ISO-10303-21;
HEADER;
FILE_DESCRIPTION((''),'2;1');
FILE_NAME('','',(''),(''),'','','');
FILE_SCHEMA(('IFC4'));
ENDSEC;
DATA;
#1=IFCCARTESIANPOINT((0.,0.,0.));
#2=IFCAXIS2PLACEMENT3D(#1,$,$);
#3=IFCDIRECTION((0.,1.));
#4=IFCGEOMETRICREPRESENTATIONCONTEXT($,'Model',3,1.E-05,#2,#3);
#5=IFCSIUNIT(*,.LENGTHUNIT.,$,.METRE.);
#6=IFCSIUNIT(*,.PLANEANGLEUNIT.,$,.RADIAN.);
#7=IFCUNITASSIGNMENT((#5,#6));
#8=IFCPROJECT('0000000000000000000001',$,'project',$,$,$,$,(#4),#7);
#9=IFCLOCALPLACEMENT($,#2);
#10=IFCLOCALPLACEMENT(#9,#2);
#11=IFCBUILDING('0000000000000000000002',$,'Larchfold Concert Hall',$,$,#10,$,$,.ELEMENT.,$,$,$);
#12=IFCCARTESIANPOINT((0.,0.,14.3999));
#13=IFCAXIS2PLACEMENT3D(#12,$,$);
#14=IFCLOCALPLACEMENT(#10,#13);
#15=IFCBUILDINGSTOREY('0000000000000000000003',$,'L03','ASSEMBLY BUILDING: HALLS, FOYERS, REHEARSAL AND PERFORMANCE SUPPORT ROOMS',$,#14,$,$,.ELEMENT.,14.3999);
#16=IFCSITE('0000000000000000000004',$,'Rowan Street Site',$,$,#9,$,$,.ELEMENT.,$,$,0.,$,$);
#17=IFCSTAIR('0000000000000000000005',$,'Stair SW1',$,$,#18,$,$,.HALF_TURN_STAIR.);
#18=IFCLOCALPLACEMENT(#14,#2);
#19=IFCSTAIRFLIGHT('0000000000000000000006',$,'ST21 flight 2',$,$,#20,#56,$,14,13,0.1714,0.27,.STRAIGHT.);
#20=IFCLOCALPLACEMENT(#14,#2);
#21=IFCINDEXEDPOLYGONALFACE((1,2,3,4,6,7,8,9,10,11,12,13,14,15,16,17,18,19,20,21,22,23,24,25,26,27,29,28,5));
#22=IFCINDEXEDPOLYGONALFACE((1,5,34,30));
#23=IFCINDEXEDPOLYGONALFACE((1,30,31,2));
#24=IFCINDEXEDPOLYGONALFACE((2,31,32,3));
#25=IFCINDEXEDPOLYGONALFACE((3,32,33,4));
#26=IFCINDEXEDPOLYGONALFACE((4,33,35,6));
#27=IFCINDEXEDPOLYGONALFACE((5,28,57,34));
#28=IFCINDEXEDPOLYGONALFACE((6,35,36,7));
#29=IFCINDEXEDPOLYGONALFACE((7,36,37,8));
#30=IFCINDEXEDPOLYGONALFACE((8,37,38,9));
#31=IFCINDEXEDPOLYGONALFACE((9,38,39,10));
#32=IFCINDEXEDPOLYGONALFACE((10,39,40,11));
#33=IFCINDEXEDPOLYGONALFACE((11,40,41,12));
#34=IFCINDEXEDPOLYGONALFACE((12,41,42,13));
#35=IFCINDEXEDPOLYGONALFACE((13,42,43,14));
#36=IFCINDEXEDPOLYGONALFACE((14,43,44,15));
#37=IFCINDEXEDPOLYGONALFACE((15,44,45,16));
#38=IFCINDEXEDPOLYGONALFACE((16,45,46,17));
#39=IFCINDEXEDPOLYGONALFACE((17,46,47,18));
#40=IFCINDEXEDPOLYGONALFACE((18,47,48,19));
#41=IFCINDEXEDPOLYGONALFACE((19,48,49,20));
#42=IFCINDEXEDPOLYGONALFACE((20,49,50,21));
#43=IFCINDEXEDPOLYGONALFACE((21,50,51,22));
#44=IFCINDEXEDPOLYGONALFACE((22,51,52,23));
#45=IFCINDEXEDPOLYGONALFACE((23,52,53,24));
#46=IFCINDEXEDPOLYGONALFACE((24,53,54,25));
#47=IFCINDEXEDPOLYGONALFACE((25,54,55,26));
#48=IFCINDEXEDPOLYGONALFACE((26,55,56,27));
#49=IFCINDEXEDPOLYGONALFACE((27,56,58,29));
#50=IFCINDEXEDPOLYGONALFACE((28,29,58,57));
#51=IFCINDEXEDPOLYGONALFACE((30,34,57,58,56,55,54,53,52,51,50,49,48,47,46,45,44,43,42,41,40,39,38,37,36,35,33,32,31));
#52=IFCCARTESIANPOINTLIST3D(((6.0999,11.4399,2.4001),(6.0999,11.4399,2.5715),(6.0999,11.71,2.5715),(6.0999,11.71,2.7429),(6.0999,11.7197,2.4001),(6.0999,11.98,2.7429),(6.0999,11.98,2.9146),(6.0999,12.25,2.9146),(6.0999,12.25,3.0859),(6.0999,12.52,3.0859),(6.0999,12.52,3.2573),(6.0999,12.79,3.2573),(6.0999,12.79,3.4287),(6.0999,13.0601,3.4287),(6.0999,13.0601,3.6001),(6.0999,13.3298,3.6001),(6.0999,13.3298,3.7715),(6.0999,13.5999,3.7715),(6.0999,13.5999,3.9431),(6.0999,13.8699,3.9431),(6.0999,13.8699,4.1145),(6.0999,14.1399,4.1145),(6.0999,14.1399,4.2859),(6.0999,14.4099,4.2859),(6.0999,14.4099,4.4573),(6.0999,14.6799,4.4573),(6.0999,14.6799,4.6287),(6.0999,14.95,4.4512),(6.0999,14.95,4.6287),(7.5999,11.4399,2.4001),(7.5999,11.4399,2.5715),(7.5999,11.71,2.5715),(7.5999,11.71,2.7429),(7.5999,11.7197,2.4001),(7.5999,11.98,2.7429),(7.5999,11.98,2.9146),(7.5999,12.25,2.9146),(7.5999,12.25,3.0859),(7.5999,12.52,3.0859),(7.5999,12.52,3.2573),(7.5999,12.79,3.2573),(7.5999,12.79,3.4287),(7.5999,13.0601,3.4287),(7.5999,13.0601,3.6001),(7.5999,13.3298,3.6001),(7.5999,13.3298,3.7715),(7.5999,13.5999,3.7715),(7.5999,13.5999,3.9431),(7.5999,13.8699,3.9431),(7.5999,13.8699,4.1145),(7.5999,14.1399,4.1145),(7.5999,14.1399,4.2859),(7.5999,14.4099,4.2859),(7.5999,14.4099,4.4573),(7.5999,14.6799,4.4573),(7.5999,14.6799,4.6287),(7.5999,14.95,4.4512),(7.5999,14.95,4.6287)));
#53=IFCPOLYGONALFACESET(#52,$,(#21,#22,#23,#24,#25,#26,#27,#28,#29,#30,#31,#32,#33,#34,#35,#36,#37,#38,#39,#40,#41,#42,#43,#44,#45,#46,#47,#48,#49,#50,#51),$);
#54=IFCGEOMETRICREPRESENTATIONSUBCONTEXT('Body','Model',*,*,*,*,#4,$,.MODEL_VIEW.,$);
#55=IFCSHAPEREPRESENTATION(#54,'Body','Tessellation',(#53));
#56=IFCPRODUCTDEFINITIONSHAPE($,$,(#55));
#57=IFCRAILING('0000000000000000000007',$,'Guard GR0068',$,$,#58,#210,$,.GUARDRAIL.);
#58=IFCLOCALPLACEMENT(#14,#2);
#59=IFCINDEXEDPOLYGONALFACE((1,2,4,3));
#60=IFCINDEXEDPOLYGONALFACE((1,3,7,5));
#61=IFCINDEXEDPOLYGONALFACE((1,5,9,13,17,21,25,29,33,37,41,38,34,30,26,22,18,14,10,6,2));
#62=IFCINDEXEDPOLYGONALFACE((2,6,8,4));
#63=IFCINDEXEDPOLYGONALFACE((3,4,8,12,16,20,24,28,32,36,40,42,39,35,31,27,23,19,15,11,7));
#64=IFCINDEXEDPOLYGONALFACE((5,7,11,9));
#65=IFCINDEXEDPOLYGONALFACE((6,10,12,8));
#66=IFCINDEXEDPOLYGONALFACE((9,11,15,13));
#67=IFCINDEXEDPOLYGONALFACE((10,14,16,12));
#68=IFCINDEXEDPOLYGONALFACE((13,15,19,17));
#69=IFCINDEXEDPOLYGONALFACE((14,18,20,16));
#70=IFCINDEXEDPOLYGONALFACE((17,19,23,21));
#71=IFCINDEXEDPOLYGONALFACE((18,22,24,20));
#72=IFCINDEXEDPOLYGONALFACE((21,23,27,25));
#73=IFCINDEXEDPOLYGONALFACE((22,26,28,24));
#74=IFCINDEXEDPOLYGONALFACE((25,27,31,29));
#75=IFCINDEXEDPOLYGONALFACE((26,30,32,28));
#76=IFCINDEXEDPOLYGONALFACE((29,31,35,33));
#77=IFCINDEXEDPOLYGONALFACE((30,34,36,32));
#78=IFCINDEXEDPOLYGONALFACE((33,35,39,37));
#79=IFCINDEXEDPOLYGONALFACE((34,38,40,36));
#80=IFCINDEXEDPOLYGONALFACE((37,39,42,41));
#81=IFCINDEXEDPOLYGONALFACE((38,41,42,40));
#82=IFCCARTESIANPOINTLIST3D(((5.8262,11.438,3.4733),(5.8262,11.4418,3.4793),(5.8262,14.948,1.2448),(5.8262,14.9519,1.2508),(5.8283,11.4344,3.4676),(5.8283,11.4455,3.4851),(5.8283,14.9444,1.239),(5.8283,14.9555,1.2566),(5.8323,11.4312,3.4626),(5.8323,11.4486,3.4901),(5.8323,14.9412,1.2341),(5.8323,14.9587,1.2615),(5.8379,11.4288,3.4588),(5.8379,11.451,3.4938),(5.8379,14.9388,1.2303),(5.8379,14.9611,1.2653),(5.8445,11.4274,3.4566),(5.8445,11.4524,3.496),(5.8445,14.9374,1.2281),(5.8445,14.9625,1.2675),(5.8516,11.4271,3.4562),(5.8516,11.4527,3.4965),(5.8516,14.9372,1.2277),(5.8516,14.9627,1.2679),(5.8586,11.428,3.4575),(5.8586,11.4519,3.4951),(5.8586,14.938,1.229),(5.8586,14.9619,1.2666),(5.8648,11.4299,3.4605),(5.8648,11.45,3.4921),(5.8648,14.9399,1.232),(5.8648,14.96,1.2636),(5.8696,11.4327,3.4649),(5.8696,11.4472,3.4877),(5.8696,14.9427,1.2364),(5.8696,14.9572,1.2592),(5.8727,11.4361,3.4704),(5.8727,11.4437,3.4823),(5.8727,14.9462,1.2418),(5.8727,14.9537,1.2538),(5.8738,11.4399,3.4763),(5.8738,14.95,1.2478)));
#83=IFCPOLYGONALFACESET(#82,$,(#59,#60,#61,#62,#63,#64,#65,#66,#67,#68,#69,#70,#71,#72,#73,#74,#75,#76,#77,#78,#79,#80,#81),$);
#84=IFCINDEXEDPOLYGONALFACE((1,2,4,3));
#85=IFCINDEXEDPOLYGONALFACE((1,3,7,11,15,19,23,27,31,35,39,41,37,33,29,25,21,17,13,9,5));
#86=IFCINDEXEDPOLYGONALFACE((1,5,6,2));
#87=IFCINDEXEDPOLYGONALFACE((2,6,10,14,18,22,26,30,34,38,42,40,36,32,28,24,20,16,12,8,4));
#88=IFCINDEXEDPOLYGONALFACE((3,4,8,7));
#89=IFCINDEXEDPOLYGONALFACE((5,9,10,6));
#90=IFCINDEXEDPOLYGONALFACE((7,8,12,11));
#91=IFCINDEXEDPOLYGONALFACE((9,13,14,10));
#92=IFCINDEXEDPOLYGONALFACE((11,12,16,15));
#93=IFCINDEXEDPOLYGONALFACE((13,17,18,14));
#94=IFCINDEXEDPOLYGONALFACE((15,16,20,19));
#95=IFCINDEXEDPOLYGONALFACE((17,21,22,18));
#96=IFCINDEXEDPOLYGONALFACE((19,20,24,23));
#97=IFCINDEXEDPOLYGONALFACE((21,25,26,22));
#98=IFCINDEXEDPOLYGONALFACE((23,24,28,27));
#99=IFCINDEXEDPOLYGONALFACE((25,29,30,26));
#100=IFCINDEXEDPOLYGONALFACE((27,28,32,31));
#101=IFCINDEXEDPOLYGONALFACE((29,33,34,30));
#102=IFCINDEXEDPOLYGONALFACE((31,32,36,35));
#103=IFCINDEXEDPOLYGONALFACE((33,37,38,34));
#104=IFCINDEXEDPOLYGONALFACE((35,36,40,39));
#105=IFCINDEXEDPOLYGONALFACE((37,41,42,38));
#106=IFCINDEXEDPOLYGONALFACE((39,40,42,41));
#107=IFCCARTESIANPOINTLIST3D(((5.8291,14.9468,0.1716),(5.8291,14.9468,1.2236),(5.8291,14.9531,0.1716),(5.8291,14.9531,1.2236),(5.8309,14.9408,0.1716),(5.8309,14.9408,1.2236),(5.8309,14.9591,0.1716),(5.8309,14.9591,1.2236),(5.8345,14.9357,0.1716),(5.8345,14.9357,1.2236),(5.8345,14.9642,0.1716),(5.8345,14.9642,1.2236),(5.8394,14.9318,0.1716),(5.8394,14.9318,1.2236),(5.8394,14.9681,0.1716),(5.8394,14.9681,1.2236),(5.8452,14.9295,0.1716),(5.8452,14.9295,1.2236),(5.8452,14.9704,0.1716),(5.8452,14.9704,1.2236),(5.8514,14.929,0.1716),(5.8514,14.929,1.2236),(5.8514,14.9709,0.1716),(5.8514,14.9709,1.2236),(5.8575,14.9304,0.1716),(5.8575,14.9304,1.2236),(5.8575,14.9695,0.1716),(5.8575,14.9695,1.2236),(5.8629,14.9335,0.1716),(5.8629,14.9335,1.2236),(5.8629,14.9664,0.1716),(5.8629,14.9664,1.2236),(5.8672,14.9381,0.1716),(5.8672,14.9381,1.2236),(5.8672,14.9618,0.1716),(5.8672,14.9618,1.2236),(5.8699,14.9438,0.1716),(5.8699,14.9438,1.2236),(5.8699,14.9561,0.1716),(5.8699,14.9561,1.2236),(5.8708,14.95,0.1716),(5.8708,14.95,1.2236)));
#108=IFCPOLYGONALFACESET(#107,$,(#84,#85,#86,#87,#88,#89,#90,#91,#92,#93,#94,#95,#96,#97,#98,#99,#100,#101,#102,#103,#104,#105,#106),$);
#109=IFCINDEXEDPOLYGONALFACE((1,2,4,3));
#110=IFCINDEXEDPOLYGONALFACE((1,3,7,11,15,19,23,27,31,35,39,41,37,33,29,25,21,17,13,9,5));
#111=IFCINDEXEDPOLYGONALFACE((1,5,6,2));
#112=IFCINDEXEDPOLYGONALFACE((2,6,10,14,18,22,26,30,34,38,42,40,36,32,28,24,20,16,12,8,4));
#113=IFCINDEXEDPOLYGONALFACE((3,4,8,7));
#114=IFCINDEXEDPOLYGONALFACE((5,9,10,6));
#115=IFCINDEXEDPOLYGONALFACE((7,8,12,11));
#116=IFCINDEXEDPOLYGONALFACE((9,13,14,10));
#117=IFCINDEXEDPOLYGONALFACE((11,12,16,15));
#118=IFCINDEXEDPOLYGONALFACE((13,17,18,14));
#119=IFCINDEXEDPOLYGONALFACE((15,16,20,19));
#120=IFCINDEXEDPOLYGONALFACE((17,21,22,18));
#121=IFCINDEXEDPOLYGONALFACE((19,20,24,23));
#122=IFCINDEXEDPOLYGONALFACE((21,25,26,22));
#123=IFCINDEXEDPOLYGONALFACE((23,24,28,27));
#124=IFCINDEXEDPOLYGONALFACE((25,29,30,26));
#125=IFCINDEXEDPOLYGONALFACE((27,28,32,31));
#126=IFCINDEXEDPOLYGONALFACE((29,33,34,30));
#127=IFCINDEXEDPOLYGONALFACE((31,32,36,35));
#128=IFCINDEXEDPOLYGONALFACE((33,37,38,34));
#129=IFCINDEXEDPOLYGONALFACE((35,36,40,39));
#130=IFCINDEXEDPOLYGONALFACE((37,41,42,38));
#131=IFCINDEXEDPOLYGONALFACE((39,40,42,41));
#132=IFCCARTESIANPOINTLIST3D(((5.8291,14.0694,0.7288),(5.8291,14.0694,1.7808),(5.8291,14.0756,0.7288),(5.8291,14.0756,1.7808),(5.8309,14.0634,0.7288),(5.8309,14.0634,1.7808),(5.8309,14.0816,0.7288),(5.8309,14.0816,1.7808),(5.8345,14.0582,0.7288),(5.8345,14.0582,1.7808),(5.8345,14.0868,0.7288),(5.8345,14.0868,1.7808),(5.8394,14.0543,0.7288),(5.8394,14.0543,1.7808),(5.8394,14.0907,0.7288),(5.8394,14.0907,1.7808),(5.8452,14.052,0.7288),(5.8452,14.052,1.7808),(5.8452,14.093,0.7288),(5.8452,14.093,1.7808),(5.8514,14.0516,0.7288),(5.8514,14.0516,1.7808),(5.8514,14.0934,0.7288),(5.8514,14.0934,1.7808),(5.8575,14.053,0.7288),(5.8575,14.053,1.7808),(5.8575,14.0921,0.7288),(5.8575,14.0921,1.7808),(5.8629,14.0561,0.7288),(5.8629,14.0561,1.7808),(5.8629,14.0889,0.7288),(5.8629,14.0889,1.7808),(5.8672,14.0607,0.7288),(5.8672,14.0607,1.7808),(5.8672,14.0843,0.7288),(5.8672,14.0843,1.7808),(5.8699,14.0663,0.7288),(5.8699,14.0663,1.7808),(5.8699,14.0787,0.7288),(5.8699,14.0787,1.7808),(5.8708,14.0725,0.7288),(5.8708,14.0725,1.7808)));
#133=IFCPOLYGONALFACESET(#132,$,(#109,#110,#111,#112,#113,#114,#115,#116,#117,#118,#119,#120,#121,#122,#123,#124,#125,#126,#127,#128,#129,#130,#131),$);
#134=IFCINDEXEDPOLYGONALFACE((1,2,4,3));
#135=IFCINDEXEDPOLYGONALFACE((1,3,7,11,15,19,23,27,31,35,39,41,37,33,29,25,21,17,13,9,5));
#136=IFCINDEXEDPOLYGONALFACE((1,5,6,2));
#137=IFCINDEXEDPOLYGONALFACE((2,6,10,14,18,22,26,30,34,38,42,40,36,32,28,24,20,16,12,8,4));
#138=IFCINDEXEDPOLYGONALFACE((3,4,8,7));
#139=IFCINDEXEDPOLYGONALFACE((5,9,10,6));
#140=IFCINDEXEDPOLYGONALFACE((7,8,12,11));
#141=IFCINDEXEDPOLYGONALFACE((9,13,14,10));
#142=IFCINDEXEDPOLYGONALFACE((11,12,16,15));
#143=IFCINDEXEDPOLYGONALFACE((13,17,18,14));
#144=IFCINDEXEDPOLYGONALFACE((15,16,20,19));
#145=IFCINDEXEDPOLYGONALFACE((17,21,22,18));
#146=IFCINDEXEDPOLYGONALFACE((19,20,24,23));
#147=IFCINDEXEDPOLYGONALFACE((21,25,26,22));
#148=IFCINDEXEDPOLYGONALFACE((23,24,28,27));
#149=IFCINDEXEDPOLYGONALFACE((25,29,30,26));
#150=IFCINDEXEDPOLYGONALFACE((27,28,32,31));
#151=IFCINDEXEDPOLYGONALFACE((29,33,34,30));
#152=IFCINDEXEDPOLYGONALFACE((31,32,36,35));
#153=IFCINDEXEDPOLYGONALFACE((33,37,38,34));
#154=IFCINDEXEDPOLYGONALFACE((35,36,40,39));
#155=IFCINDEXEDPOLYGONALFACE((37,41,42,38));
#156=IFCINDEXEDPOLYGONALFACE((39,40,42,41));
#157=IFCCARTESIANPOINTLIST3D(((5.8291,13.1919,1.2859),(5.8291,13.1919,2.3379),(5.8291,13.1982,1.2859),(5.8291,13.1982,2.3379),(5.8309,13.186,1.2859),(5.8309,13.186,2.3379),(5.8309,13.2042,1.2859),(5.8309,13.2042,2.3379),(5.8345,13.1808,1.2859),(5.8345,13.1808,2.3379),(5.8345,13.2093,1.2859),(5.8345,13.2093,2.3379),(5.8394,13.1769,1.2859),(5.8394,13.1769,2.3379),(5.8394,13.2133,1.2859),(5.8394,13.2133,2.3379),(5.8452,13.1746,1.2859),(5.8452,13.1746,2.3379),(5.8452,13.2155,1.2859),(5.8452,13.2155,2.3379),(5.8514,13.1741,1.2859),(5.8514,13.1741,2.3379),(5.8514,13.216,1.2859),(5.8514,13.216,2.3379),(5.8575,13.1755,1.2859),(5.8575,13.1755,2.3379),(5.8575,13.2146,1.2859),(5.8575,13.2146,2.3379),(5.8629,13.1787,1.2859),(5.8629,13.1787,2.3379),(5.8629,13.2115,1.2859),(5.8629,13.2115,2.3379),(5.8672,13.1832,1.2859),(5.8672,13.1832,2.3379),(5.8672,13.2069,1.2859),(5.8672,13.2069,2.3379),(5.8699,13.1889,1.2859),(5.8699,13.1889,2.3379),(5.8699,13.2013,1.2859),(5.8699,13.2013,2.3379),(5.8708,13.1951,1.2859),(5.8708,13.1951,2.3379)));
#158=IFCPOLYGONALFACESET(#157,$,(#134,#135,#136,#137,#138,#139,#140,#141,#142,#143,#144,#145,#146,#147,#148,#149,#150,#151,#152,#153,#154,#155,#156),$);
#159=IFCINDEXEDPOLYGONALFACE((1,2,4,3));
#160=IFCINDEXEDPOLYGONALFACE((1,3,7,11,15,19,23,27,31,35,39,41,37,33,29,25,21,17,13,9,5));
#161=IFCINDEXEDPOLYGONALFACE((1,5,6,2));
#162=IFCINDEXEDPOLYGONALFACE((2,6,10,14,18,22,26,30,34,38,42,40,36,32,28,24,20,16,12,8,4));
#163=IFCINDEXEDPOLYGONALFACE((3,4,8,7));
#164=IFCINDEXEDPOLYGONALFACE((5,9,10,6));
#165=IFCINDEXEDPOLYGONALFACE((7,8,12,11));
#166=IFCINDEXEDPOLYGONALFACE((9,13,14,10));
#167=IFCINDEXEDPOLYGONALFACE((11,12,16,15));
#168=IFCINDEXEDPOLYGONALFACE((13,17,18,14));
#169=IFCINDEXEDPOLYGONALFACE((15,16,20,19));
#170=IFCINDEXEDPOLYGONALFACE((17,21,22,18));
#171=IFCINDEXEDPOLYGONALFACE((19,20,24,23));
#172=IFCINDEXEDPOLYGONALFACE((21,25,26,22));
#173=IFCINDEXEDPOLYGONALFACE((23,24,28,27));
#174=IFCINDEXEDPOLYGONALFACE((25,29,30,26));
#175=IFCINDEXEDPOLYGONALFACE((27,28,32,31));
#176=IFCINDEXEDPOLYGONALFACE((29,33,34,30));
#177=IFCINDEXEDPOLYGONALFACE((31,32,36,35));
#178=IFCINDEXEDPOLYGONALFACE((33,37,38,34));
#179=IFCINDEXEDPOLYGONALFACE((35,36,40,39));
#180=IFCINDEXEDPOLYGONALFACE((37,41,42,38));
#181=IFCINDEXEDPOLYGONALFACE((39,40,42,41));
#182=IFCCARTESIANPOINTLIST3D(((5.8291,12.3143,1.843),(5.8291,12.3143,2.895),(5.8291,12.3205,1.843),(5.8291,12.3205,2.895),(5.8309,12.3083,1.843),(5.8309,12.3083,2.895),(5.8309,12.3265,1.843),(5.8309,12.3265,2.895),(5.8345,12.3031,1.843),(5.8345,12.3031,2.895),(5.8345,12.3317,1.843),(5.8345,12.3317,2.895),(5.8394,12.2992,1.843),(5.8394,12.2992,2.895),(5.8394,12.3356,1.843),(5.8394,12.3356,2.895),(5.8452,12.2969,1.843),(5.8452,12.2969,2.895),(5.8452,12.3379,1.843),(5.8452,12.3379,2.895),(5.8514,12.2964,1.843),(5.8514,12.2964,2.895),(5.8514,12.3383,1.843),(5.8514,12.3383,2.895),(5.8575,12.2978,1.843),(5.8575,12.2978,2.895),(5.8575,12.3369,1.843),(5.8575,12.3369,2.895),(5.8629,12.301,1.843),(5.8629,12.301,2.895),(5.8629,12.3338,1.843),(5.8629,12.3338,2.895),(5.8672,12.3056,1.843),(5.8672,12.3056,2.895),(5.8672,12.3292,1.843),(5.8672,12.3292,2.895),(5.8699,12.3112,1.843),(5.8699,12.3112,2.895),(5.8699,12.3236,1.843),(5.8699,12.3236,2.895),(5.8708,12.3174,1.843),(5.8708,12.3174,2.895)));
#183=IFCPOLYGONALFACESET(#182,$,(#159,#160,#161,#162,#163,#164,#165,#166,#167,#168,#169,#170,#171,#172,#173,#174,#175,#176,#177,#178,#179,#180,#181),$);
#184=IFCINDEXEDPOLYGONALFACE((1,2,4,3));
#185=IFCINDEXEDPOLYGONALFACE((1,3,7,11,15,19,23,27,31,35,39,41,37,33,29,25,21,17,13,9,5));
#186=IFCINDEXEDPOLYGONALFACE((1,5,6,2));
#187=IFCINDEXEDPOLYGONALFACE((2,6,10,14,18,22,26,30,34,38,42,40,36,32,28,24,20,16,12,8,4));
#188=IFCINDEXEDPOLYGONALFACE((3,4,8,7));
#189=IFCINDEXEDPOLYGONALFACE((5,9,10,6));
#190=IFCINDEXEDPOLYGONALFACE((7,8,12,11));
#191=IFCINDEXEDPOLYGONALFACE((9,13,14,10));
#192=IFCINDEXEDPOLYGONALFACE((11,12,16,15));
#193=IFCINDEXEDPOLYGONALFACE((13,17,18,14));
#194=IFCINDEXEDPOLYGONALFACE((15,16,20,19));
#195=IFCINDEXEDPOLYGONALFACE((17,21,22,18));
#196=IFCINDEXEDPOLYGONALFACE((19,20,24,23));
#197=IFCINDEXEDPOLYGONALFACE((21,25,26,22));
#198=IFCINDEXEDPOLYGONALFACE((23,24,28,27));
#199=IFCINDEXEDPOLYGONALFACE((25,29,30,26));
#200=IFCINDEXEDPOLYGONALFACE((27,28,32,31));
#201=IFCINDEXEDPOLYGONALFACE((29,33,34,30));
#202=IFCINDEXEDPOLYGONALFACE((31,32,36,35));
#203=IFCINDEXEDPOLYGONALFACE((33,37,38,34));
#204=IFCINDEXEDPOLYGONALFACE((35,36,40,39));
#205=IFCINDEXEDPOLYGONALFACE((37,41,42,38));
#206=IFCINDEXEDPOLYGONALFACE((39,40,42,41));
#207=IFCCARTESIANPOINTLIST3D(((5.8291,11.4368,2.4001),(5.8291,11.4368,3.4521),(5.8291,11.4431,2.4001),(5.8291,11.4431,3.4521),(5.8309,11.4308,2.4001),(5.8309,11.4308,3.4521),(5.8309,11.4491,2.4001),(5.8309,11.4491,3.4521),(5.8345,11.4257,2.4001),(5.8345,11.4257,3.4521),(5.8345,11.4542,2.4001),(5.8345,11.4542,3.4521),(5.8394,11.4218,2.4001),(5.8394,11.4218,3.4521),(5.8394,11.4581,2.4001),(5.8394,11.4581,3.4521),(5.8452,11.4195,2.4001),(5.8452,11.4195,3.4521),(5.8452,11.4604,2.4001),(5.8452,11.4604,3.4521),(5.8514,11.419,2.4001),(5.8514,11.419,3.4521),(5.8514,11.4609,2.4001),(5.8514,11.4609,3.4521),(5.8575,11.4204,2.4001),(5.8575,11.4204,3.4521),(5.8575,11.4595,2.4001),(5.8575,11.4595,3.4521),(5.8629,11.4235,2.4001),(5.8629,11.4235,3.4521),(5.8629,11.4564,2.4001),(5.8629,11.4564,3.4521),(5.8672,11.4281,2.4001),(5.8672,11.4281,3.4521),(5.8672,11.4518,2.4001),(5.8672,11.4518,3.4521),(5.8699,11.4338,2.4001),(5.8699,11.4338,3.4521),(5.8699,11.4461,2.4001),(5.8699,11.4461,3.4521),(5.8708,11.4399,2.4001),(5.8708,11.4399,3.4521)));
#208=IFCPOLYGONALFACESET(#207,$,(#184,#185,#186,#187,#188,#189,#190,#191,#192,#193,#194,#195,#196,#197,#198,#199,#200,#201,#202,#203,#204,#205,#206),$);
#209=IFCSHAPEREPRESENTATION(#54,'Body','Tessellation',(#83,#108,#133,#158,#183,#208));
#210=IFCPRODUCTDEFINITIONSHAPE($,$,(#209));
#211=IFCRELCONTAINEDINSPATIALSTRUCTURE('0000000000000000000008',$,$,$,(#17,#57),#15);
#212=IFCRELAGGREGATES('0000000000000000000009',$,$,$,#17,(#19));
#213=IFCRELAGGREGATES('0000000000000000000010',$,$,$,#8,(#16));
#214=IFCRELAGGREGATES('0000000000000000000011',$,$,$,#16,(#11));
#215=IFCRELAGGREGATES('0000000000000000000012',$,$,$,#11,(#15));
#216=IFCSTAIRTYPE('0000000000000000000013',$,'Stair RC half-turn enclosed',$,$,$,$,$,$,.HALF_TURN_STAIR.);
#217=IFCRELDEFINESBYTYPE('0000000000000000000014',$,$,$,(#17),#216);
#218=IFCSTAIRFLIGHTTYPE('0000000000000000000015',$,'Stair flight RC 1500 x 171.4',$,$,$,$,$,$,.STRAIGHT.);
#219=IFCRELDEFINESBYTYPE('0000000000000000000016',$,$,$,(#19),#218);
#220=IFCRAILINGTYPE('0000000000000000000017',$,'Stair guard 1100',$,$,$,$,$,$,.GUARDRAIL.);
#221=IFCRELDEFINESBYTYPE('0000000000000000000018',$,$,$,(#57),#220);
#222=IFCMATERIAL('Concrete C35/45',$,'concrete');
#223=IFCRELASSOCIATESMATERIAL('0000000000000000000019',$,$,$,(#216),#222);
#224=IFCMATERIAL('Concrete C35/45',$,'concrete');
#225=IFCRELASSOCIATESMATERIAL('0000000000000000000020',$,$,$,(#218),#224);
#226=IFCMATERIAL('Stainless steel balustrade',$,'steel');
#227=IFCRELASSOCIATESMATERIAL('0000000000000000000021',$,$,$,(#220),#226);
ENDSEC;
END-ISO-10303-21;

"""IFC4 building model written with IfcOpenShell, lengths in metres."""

from ifc_helpers import new_model, si_unit, direction, frame, origin, origin_2d, place, context, subcontext, project, spatial, polyline, circle, outline, extrude, material, type_object, element, aggregate, save


model = new_model("IFC4")

# Units and contexts
model_context = context("Model", 3, precision=1e-05, world=origin(), true_north=direction((0.0, 1.0)))
body_context = subcontext(model_context, "Body", "Model", "MODEL_VIEW")
ifc_project = project(units=[si_unit("LENGTHUNIT", "METRE"), si_unit("PLANEANGLEUNIT", "RADIAN")], contexts=[model_context])

# Site, building, storey
site_placement = place(None, origin())
site = spatial("IfcSite", under=ifc_project, at=site_placement, Name="Rowan Street Site", CompositionType="ELEMENT", RefElevation=0.0)
building_placement = place(site_placement, origin())
building = spatial("IfcBuilding", under=site, at=building_placement, Name="Larchfold Concert Hall", CompositionType="ELEMENT")
storey_placement = place(building_placement, frame((0.0, 0.0, 14.3999)))
storey = spatial("IfcBuildingStorey", under=building, at=storey_placement, Name="L03", Description="ASSEMBLY BUILDING: HALLS, FOYERS, REHEARSAL AND PERFORMANCE SUPPORT ROOMS", CompositionType="ELEMENT", Elevation=14.3999)

# Stair, stair flight
ifc_material_1 = material(Name="Concrete C35/45", Category="concrete")
stair_type = type_object("IfcStairType", Name="Stair RC half-turn enclosed", PredefinedType="HALF_TURN_STAIR", material=ifc_material_1)
stair_placement = place(storey_placement, origin())
stair = element("IfcStair", 1, at=stair_placement, inside=storey, type_object=stair_type, Name="Stair SW1", PredefinedType="HALF_TURN_STAIR")
ifc_material_2 = material(Name="Concrete C35/45", Category="concrete")
stair_flight_type = type_object("IfcStairFlightType", Name="Stair flight RC 1500 x 171.4", PredefinedType="STRAIGHT", material=ifc_material_2)
stair_flight_1_placement = place(storey_placement, frame((6.8499, 11.4399, 2.4001), z_axis=(0.0, 0.0, 1.0), x_axis=(0.0, 1.0, 0.0)))
stair_flight_1 = element("IfcStairFlight", 2, at=stair_flight_1_placement, type_object=stair_flight_type, Name="ST21 flight 2", NumberOfRisers=14, NumberOfTreads=13, PredefinedType="STRAIGHT", RiserHeight=0.1714, TreadLength=0.27, context=body_context, shape_type="SweptSolid", body=[
    extrude(outline(polyline([(0.0, 0.0), (0.0, 0.1714), (0.27, 0.1714), (0.27, 0.3428), (0.54, 0.3428), (0.54, 0.5144), (0.8101, 0.5144), (0.8101, 0.6858), (1.0801, 0.6858), (1.0801, 0.8572), (1.3501, 0.8572), (1.3501, 1.0286), (1.6201, 1.0286), (1.6201, 1.2), (1.8899, 1.2), (1.8899, 1.3713), (2.1599, 1.3713), (2.1599, 1.543), (2.4299, 1.543), (2.4299, 1.7144), (2.7, 1.7144), (2.7, 1.8857), (2.97, 1.8857), (2.97, 2.0571), (3.24, 2.0571), (3.24, 2.2285), (3.51, 2.2285), (3.51, 2.3999), (3.51, 2.051), (0.2798, 0.0), (0.0, 0.0)])), frame((0.0, 0.75, 0.0), z_axis=(0.0, -1.0, 0.0), x_axis=(1.0, 0.0, 0.0)), (0.0, 0.0, 1.0), 1.5),
])
aggregate(stair, [stair_flight_1])

# Railing
ifc_material_3 = material(Name="Stainless steel balustrade", Category="steel")
railing_type_1 = type_object("IfcRailingType", Name="Stair guard 1100", PredefinedType="GUARDRAIL", material=ifc_material_3)
railing_1_placement = place(storey_placement, frame((5.8499, 14.95, 0.1716)))
element("IfcRailing", 3, at=railing_1_placement, inside=storey, type_object=railing_type_1, Name="Guard GR0068", PredefinedType="GUARDRAIL", context=body_context, shape_type="SweptSolid", body=[
    extrude(circle(Radius=0.0239, at=origin_2d()), frame((0.0, 0.0, 1.0762), z_axis=(0.0, -0.84422, 0.535998), x_axis=(1.0, 0.0, 0.0)), (0.0, 0.0, 1.0), 4.1577),
    extrude(circle(Radius=0.021, at=origin_2d()), origin(), (0.0, 0.0, 1.0), 1.052),
    extrude(circle(Radius=0.021, at=origin_2d()), frame((0.0, -0.8774, 0.5571)), (0.0, 0.0, 1.0), 1.052),
    extrude(circle(Radius=0.021, at=origin_2d()), frame((0.0, -1.7549, 1.1143)), (0.0, 0.0, 1.0), 1.052),
    extrude(circle(Radius=0.021, at=origin_2d()), frame((0.0, -2.6326, 1.6714)), (0.0, 0.0, 1.0), 1.052),
    extrude(circle(Radius=0.021, at=origin_2d()), frame((0.0, -3.51, 2.2285)), (0.0, 0.0, 1.0), 1.052),
])

save(model, "model.ifc")
